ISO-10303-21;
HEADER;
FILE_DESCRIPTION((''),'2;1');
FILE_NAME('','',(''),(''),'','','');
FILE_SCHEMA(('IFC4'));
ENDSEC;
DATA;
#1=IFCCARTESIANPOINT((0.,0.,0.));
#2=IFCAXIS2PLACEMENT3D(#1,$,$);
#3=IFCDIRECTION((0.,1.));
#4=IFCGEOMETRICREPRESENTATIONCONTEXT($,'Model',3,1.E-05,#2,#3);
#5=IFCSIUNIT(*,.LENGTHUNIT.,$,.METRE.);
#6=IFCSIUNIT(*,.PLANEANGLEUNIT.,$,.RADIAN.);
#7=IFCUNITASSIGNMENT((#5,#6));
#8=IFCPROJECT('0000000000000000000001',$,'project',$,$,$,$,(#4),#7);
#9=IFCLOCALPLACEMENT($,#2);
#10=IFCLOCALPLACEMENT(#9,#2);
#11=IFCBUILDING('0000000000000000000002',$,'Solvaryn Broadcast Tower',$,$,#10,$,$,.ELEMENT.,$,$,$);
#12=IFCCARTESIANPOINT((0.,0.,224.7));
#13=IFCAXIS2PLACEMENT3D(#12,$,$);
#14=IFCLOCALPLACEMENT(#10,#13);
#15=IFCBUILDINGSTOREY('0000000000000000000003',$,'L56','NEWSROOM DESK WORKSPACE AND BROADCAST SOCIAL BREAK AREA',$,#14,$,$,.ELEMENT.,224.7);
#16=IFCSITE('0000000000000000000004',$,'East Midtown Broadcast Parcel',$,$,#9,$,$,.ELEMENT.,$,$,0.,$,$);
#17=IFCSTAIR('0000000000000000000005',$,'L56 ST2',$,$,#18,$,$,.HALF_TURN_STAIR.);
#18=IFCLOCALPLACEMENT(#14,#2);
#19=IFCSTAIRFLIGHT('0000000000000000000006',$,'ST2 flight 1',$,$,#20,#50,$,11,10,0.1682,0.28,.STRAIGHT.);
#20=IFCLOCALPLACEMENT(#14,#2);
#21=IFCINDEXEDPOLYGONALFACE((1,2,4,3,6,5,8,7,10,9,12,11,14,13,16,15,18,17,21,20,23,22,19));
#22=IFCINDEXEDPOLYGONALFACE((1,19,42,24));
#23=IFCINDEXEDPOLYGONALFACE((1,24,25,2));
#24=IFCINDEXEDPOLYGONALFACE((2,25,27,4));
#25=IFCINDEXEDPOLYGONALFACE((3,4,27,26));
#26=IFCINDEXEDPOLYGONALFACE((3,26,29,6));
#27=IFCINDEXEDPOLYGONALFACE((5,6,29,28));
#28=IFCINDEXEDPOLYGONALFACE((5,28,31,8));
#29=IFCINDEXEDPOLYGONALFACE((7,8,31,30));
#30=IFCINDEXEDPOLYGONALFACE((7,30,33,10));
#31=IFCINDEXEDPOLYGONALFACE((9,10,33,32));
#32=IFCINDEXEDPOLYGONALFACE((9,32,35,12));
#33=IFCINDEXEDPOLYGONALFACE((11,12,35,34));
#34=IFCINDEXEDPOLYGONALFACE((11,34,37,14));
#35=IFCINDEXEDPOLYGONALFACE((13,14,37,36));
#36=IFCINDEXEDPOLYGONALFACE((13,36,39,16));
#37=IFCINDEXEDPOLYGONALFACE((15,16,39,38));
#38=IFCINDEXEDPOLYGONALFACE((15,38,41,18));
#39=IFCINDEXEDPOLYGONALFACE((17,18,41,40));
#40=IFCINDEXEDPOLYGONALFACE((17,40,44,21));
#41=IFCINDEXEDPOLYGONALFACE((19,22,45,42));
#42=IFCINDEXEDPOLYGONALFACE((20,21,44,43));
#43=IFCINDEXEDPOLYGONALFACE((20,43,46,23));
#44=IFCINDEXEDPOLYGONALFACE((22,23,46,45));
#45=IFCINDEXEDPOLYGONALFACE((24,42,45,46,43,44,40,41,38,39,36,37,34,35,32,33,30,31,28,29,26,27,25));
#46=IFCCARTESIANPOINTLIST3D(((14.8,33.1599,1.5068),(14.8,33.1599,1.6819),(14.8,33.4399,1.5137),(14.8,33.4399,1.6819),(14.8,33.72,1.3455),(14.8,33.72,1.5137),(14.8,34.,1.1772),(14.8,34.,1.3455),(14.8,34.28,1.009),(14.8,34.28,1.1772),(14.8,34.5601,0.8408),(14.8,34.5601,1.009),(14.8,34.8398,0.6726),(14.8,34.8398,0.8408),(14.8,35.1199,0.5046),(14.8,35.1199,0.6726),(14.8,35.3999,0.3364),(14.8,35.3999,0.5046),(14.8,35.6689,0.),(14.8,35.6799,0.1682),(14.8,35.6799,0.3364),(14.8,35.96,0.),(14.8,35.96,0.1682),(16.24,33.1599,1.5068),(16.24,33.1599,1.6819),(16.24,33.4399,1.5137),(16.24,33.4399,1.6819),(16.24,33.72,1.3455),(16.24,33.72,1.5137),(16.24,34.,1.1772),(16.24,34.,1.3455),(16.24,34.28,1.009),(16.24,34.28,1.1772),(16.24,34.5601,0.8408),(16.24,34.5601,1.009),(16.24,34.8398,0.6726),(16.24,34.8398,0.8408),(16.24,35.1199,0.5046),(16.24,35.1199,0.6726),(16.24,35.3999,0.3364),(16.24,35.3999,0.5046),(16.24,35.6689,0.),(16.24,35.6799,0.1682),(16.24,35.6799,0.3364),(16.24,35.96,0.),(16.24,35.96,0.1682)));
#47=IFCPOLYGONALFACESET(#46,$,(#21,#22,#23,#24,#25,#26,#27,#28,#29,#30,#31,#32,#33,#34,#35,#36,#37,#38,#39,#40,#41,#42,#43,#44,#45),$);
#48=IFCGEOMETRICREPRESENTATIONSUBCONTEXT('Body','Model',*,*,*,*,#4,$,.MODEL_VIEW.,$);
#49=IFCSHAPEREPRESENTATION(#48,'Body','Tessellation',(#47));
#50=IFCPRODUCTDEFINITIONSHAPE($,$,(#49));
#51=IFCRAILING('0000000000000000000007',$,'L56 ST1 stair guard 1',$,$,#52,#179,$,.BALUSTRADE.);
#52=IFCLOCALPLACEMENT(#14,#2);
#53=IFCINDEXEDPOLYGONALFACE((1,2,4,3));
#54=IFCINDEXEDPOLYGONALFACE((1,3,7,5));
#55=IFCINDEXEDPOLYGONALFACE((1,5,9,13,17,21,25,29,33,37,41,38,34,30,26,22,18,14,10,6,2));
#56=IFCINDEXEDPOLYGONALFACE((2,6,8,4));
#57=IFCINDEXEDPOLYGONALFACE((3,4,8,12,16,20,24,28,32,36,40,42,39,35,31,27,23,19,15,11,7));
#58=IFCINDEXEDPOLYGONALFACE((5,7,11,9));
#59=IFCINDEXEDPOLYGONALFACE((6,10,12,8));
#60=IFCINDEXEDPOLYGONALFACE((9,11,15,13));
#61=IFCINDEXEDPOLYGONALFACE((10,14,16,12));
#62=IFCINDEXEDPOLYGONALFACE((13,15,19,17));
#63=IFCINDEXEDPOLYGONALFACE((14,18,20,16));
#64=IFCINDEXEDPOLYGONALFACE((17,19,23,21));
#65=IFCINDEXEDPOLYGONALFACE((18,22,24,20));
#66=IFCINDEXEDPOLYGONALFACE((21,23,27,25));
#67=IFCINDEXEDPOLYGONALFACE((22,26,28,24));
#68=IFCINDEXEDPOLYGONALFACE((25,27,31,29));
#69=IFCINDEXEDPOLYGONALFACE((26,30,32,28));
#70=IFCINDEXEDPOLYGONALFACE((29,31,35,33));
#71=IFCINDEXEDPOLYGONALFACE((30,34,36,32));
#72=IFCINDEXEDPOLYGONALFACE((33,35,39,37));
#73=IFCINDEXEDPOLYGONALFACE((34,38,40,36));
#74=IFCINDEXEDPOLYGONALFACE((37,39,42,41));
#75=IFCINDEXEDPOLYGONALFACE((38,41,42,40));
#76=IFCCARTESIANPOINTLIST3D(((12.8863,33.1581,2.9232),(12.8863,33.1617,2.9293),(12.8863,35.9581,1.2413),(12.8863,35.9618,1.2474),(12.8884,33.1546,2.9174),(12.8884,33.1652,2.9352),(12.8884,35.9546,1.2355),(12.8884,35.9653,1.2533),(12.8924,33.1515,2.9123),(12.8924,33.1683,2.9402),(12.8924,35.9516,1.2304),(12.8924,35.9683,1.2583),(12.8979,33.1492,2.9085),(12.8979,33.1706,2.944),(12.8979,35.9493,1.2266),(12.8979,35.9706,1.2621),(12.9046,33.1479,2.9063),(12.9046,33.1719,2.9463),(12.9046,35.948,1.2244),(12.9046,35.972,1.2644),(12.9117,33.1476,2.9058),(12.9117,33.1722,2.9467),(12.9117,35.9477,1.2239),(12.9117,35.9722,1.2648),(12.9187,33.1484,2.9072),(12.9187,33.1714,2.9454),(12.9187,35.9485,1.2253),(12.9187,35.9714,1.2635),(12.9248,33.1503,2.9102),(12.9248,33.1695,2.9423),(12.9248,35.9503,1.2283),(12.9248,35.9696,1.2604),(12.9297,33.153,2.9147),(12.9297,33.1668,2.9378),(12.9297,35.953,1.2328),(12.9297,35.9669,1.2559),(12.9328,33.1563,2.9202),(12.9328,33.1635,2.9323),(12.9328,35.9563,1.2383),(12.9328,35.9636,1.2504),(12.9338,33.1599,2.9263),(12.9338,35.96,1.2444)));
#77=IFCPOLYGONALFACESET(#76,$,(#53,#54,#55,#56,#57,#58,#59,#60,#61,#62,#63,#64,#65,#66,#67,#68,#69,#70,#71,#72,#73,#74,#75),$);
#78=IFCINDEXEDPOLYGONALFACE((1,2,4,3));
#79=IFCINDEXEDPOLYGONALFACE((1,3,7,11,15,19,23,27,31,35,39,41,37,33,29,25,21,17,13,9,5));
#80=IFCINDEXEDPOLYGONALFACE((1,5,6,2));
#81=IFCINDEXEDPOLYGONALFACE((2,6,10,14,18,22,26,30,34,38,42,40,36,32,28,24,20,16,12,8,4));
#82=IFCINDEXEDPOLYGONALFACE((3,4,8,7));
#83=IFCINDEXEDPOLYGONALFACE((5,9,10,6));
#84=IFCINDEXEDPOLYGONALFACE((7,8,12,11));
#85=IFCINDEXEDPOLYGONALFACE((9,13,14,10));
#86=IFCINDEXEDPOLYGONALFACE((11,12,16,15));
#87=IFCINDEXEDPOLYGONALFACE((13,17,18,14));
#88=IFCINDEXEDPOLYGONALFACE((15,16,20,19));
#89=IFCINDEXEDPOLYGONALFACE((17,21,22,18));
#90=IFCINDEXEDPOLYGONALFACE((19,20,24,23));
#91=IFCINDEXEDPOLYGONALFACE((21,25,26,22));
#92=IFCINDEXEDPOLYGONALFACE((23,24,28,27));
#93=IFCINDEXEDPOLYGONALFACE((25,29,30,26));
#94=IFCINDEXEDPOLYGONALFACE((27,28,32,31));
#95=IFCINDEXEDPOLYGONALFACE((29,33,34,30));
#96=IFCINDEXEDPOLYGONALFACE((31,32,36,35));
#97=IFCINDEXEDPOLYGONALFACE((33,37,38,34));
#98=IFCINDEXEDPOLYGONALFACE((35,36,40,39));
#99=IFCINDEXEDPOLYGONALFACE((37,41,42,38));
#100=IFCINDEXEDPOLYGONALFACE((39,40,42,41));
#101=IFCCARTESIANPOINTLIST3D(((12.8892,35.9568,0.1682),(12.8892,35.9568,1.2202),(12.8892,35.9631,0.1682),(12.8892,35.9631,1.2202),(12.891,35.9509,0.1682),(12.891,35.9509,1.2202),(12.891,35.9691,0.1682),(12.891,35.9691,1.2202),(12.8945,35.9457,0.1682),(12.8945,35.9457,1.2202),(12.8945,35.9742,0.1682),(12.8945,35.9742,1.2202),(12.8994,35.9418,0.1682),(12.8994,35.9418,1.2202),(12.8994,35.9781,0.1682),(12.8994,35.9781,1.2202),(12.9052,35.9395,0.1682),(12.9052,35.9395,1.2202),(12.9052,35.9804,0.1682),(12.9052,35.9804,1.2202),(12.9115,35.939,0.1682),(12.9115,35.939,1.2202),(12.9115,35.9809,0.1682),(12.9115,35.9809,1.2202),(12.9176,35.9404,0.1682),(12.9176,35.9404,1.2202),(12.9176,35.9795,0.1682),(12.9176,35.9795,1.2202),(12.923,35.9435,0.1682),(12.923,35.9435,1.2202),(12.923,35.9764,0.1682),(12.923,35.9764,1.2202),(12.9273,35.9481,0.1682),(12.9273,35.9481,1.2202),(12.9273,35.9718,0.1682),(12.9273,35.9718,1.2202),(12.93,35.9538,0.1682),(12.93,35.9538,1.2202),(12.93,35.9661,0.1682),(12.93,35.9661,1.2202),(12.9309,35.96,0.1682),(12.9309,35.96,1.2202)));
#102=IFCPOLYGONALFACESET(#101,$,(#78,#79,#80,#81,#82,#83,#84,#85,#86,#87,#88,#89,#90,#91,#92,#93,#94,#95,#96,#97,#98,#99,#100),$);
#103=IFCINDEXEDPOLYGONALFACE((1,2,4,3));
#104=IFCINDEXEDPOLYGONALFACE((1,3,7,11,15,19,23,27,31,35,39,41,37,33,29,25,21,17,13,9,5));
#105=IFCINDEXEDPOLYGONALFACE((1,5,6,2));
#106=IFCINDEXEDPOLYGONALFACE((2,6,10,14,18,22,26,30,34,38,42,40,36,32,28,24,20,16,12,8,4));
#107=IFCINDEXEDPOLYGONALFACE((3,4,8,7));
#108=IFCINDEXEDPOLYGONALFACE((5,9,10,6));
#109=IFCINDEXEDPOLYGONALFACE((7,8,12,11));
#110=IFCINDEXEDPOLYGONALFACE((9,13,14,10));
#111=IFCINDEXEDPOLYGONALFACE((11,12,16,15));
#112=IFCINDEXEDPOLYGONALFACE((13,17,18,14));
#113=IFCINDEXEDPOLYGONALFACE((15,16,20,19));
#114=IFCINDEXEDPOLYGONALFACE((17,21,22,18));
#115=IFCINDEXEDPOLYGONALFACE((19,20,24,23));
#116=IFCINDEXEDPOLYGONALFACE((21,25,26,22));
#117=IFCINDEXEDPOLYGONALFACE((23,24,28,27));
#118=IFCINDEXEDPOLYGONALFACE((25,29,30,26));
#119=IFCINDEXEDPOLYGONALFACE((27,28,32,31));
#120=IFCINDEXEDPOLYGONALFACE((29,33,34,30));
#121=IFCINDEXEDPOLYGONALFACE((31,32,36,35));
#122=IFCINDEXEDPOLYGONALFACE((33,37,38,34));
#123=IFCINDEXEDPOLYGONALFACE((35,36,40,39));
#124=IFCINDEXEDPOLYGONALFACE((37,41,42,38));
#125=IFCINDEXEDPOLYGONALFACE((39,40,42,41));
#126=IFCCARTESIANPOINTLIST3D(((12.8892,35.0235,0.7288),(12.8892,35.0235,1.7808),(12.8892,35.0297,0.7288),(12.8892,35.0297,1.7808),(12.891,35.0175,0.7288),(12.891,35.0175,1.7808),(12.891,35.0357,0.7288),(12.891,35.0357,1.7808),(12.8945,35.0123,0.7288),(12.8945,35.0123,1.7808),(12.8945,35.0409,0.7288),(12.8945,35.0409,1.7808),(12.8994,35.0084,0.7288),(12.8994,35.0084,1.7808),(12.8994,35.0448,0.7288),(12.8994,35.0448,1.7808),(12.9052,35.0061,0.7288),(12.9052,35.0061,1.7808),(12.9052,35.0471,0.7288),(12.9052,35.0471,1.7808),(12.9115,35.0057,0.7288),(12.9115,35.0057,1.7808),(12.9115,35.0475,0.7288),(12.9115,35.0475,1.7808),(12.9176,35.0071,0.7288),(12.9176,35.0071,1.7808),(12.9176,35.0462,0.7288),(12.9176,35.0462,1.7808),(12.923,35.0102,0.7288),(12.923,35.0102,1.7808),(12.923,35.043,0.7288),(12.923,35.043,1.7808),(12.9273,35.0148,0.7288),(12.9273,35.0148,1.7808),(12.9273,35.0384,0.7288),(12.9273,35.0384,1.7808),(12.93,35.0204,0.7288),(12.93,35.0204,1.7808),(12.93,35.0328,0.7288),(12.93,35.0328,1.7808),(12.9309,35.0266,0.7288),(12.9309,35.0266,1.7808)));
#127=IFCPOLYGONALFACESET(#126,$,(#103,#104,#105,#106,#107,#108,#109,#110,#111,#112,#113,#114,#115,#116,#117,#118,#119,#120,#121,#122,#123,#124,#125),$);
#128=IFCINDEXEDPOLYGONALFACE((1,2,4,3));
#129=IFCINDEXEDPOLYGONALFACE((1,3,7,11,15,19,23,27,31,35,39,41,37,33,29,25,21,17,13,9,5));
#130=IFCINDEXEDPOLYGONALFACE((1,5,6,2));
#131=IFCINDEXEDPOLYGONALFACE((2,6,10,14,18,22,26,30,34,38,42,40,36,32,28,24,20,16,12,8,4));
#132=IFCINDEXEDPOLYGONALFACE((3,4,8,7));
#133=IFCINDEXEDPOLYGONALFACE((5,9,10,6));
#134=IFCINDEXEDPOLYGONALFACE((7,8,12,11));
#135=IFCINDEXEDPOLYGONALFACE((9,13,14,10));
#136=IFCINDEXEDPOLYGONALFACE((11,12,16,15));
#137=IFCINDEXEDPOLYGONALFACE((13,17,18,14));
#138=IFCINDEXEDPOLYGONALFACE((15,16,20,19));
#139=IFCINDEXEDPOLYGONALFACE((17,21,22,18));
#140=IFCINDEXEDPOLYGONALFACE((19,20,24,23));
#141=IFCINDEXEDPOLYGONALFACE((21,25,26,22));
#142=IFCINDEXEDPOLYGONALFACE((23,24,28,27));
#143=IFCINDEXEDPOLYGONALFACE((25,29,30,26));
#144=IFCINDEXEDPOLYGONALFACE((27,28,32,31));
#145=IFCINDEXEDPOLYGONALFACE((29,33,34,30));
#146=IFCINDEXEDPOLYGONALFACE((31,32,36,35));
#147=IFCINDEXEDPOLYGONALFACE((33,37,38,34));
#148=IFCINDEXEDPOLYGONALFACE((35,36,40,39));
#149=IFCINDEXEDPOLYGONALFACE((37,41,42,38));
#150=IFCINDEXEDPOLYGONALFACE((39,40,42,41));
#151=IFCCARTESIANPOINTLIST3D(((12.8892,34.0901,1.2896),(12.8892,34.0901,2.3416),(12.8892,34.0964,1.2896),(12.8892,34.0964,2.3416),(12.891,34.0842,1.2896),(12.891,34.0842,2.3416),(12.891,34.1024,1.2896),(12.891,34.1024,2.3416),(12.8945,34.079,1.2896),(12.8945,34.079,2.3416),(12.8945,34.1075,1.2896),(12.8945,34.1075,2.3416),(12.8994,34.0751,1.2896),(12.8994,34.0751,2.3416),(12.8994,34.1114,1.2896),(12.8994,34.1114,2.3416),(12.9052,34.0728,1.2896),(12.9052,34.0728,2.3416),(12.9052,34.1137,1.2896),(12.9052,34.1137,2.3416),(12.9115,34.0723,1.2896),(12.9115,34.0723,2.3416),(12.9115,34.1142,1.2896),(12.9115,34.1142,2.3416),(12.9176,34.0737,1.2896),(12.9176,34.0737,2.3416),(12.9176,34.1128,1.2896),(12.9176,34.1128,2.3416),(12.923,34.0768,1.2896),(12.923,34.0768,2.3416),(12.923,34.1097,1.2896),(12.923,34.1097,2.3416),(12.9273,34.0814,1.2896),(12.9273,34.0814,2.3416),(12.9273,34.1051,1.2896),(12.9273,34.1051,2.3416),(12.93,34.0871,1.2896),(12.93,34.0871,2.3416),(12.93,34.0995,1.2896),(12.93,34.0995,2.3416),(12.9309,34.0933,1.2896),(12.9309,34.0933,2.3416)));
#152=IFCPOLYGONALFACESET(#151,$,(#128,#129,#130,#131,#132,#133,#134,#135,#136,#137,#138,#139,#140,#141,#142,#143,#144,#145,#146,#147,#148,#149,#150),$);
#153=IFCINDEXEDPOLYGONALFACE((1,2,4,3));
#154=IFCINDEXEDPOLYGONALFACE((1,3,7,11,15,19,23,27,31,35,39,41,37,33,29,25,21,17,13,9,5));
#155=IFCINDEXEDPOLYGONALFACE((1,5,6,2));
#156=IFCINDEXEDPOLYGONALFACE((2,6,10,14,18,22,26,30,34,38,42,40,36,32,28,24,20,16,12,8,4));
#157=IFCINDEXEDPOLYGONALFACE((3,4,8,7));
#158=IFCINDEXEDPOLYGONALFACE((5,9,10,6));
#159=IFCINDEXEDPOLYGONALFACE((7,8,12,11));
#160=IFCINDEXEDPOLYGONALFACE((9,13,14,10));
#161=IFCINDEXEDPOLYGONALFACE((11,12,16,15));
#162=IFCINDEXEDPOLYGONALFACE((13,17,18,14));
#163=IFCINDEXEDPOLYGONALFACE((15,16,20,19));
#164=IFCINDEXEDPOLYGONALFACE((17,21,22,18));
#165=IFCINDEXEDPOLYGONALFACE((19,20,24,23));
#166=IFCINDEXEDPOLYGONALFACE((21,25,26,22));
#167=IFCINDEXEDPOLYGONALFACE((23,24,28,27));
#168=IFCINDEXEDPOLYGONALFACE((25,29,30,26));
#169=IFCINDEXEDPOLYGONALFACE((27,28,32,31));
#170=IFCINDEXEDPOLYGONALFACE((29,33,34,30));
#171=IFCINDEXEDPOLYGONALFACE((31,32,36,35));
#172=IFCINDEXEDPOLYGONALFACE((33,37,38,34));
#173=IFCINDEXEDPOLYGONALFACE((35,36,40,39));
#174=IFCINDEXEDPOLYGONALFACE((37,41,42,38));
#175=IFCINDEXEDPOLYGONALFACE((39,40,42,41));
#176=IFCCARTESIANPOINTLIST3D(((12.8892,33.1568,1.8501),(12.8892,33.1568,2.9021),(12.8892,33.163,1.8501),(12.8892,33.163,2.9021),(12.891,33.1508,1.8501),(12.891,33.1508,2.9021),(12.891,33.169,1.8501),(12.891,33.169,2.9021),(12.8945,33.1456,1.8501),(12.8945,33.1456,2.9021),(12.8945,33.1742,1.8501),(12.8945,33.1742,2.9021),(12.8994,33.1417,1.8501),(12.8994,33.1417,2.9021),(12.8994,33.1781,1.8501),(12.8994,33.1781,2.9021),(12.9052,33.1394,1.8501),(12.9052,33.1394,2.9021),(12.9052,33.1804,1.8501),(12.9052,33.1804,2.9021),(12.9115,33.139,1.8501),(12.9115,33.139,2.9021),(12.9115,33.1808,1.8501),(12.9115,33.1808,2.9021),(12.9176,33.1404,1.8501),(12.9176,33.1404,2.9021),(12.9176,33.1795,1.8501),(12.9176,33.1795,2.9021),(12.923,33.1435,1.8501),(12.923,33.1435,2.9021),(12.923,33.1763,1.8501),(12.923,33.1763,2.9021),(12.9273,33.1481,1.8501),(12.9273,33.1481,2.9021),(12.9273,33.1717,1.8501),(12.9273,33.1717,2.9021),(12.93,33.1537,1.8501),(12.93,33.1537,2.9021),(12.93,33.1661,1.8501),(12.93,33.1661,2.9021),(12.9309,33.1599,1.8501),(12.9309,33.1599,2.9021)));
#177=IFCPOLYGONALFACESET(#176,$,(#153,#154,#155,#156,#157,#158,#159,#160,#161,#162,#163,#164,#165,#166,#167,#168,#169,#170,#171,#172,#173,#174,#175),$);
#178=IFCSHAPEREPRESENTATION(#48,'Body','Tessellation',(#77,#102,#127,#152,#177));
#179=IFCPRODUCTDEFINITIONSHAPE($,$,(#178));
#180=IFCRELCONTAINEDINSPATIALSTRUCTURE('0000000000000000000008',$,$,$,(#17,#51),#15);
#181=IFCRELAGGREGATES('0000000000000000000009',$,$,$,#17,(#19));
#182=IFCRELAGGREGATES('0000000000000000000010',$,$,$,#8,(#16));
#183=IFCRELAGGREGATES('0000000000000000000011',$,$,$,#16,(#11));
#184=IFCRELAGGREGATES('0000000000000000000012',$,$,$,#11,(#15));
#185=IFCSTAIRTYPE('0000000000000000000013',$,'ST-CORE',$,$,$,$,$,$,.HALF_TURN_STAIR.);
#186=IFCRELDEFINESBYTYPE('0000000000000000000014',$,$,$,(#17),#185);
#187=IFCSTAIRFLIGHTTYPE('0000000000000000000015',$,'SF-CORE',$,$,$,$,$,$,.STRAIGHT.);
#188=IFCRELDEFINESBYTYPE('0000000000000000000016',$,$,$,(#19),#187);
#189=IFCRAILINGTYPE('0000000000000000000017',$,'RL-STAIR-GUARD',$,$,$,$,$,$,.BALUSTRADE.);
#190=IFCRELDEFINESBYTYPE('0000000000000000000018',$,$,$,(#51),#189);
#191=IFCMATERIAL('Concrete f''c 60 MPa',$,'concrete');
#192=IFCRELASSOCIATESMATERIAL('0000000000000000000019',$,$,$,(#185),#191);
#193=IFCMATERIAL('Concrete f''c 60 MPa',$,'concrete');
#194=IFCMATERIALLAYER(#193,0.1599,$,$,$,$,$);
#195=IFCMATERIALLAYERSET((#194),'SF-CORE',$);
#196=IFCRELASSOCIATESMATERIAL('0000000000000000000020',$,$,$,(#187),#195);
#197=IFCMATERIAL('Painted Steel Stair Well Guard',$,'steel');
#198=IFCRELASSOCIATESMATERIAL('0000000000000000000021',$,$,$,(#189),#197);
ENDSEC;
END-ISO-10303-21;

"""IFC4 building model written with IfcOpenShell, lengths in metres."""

from ifc_helpers import new_model, si_unit, direction, frame, origin, origin_2d, place, context, subcontext, project, spatial, polyline, circle, outline, extrude, material, layer, layer_set, type_object, element, aggregate, save


model = new_model("IFC4")

# Units and contexts
model_context = context("Model", 3, precision=1e-05, world=origin(), true_north=direction((0.0, 1.0)))
body_context = subcontext(model_context, "Body", "Model", "MODEL_VIEW")
ifc_project = project(units=[si_unit("LENGTHUNIT", "METRE"), si_unit("PLANEANGLEUNIT", "RADIAN")], contexts=[model_context])

# Site, building, storey
site_placement = place(None, origin())
site = spatial("IfcSite", under=ifc_project, at=site_placement, Name="East Midtown Broadcast Parcel", CompositionType="ELEMENT", RefElevation=0.0)
building_placement = place(site_placement, origin())
building = spatial("IfcBuilding", under=site, at=building_placement, Name="Solvaryn Broadcast Tower", CompositionType="ELEMENT")
storey_placement = place(building_placement, frame((0.0, 0.0, 224.7)))
storey = spatial("IfcBuildingStorey", under=building, at=storey_placement, Name="L56", Description="NEWSROOM DESK WORKSPACE AND BROADCAST SOCIAL BREAK AREA", CompositionType="ELEMENT", Elevation=224.7)

# Shared definitions
ifc_material_1 = material(Name="Concrete f'c 60 MPa", Category="concrete")
stair_type = type_object("IfcStairType", Name="ST-CORE", PredefinedType="HALF_TURN_STAIR", material=ifc_material_1)
ifc_material_2 = material(Name="Concrete f'c 60 MPa", Category="concrete")
ifc_layer_1 = layer(ifc_material_2, 0.1599)
ifc_layer_set_1 = layer_set([ifc_layer_1], Name="SF-CORE")
stair_flight_type = type_object("IfcStairFlightType", Name="SF-CORE", PredefinedType="STRAIGHT", material=ifc_layer_set_1)

# Stair, stair flight
stair_1_placement = place(storey_placement, origin())
stair_1 = element("IfcStair", 1, at=stair_1_placement, inside=storey, type_object=stair_type, Name="L56 ST2", PredefinedType="HALF_TURN_STAIR")
stair_flight_1_placement = place(storey_placement, frame((15.52, 35.96, 0.0), z_axis=(0.0, 0.0, 1.0), x_axis=(0.0, -1.0, 0.0)))
stair_flight_1 = element("IfcStairFlight", 2, at=stair_flight_1_placement, type_object=stair_flight_type, Name="ST2 flight 1", NumberOfRisers=11, NumberOfTreads=10, PredefinedType="STRAIGHT", RiserHeight=0.1682, TreadLength=0.28, context=body_context, shape_type="SweptSolid", body=[
    extrude(outline(polyline([(0.0, 0.0), (0.0, 0.1682), (0.28, 0.1682), (0.28, 0.3364), (0.5601, 0.3364), (0.5601, 0.5046), (0.8401, 0.5046), (0.8401, 0.6726), (1.1201, 0.6726), (1.1201, 0.8408), (1.3999, 0.8408), (1.3999, 1.009), (1.6799, 1.009), (1.6799, 1.1772), (1.96, 1.1772), (1.96, 1.3455), (2.24, 1.3455), (2.24, 1.5137), (2.52, 1.5137), (2.52, 1.6819), (2.8, 1.6819), (2.8, 1.8501), (2.8, 1.5068), (0.291, 0.0), (0.0, 0.0)])), frame((0.0, 0.72, 0.0), z_axis=(0.0, -1.0, 0.0), x_axis=(1.0, 0.0, 0.0)), (0.0, 0.0, 1.0), 1.4399),
])
aggregate(stair_1, [stair_flight_1])

# Railing
ifc_material_3 = material(Name="Painted Steel Stair Well Guard", Category="steel")
railing_type_1 = type_object("IfcRailingType", Name="RL-STAIR-GUARD", PredefinedType="BALUSTRADE", material=ifc_material_3)
railing_1_placement = place(storey_placement, frame((12.9099, 35.96, 0.1682)))
element("IfcRailing", 3, at=railing_1_placement, inside=storey, type_object=railing_type_1, Name="L56 ST1 stair guard 1", PredefinedType="BALUSTRADE", context=body_context, shape_type="SweptSolid", body=[
    extrude(circle(Radius=0.0239, at=origin_2d()), frame((0.0, 0.0, 1.0762), z_axis=(0.0, -0.857242, 0.514913), x_axis=(1.0, 0.0, 0.0)), (0.0, 0.0, 1.0), 3.2664),
    extrude(circle(Radius=0.021, at=origin_2d()), origin(), (0.0, 0.0, 1.0), 1.052),
    extrude(circle(Radius=0.021, at=origin_2d()), frame((0.0, -0.9333, 0.5605)), (0.0, 0.0, 1.0), 1.052),
    extrude(circle(Radius=0.021, at=origin_2d()), frame((0.0, -1.8667, 1.1213)), (0.0, 0.0, 1.0), 1.052),
    extrude(circle(Radius=0.021, at=origin_2d()), frame((0.0, -2.8, 1.6819)), (0.0, 0.0, 1.0), 1.052),
])

save(model, "model.ifc")
